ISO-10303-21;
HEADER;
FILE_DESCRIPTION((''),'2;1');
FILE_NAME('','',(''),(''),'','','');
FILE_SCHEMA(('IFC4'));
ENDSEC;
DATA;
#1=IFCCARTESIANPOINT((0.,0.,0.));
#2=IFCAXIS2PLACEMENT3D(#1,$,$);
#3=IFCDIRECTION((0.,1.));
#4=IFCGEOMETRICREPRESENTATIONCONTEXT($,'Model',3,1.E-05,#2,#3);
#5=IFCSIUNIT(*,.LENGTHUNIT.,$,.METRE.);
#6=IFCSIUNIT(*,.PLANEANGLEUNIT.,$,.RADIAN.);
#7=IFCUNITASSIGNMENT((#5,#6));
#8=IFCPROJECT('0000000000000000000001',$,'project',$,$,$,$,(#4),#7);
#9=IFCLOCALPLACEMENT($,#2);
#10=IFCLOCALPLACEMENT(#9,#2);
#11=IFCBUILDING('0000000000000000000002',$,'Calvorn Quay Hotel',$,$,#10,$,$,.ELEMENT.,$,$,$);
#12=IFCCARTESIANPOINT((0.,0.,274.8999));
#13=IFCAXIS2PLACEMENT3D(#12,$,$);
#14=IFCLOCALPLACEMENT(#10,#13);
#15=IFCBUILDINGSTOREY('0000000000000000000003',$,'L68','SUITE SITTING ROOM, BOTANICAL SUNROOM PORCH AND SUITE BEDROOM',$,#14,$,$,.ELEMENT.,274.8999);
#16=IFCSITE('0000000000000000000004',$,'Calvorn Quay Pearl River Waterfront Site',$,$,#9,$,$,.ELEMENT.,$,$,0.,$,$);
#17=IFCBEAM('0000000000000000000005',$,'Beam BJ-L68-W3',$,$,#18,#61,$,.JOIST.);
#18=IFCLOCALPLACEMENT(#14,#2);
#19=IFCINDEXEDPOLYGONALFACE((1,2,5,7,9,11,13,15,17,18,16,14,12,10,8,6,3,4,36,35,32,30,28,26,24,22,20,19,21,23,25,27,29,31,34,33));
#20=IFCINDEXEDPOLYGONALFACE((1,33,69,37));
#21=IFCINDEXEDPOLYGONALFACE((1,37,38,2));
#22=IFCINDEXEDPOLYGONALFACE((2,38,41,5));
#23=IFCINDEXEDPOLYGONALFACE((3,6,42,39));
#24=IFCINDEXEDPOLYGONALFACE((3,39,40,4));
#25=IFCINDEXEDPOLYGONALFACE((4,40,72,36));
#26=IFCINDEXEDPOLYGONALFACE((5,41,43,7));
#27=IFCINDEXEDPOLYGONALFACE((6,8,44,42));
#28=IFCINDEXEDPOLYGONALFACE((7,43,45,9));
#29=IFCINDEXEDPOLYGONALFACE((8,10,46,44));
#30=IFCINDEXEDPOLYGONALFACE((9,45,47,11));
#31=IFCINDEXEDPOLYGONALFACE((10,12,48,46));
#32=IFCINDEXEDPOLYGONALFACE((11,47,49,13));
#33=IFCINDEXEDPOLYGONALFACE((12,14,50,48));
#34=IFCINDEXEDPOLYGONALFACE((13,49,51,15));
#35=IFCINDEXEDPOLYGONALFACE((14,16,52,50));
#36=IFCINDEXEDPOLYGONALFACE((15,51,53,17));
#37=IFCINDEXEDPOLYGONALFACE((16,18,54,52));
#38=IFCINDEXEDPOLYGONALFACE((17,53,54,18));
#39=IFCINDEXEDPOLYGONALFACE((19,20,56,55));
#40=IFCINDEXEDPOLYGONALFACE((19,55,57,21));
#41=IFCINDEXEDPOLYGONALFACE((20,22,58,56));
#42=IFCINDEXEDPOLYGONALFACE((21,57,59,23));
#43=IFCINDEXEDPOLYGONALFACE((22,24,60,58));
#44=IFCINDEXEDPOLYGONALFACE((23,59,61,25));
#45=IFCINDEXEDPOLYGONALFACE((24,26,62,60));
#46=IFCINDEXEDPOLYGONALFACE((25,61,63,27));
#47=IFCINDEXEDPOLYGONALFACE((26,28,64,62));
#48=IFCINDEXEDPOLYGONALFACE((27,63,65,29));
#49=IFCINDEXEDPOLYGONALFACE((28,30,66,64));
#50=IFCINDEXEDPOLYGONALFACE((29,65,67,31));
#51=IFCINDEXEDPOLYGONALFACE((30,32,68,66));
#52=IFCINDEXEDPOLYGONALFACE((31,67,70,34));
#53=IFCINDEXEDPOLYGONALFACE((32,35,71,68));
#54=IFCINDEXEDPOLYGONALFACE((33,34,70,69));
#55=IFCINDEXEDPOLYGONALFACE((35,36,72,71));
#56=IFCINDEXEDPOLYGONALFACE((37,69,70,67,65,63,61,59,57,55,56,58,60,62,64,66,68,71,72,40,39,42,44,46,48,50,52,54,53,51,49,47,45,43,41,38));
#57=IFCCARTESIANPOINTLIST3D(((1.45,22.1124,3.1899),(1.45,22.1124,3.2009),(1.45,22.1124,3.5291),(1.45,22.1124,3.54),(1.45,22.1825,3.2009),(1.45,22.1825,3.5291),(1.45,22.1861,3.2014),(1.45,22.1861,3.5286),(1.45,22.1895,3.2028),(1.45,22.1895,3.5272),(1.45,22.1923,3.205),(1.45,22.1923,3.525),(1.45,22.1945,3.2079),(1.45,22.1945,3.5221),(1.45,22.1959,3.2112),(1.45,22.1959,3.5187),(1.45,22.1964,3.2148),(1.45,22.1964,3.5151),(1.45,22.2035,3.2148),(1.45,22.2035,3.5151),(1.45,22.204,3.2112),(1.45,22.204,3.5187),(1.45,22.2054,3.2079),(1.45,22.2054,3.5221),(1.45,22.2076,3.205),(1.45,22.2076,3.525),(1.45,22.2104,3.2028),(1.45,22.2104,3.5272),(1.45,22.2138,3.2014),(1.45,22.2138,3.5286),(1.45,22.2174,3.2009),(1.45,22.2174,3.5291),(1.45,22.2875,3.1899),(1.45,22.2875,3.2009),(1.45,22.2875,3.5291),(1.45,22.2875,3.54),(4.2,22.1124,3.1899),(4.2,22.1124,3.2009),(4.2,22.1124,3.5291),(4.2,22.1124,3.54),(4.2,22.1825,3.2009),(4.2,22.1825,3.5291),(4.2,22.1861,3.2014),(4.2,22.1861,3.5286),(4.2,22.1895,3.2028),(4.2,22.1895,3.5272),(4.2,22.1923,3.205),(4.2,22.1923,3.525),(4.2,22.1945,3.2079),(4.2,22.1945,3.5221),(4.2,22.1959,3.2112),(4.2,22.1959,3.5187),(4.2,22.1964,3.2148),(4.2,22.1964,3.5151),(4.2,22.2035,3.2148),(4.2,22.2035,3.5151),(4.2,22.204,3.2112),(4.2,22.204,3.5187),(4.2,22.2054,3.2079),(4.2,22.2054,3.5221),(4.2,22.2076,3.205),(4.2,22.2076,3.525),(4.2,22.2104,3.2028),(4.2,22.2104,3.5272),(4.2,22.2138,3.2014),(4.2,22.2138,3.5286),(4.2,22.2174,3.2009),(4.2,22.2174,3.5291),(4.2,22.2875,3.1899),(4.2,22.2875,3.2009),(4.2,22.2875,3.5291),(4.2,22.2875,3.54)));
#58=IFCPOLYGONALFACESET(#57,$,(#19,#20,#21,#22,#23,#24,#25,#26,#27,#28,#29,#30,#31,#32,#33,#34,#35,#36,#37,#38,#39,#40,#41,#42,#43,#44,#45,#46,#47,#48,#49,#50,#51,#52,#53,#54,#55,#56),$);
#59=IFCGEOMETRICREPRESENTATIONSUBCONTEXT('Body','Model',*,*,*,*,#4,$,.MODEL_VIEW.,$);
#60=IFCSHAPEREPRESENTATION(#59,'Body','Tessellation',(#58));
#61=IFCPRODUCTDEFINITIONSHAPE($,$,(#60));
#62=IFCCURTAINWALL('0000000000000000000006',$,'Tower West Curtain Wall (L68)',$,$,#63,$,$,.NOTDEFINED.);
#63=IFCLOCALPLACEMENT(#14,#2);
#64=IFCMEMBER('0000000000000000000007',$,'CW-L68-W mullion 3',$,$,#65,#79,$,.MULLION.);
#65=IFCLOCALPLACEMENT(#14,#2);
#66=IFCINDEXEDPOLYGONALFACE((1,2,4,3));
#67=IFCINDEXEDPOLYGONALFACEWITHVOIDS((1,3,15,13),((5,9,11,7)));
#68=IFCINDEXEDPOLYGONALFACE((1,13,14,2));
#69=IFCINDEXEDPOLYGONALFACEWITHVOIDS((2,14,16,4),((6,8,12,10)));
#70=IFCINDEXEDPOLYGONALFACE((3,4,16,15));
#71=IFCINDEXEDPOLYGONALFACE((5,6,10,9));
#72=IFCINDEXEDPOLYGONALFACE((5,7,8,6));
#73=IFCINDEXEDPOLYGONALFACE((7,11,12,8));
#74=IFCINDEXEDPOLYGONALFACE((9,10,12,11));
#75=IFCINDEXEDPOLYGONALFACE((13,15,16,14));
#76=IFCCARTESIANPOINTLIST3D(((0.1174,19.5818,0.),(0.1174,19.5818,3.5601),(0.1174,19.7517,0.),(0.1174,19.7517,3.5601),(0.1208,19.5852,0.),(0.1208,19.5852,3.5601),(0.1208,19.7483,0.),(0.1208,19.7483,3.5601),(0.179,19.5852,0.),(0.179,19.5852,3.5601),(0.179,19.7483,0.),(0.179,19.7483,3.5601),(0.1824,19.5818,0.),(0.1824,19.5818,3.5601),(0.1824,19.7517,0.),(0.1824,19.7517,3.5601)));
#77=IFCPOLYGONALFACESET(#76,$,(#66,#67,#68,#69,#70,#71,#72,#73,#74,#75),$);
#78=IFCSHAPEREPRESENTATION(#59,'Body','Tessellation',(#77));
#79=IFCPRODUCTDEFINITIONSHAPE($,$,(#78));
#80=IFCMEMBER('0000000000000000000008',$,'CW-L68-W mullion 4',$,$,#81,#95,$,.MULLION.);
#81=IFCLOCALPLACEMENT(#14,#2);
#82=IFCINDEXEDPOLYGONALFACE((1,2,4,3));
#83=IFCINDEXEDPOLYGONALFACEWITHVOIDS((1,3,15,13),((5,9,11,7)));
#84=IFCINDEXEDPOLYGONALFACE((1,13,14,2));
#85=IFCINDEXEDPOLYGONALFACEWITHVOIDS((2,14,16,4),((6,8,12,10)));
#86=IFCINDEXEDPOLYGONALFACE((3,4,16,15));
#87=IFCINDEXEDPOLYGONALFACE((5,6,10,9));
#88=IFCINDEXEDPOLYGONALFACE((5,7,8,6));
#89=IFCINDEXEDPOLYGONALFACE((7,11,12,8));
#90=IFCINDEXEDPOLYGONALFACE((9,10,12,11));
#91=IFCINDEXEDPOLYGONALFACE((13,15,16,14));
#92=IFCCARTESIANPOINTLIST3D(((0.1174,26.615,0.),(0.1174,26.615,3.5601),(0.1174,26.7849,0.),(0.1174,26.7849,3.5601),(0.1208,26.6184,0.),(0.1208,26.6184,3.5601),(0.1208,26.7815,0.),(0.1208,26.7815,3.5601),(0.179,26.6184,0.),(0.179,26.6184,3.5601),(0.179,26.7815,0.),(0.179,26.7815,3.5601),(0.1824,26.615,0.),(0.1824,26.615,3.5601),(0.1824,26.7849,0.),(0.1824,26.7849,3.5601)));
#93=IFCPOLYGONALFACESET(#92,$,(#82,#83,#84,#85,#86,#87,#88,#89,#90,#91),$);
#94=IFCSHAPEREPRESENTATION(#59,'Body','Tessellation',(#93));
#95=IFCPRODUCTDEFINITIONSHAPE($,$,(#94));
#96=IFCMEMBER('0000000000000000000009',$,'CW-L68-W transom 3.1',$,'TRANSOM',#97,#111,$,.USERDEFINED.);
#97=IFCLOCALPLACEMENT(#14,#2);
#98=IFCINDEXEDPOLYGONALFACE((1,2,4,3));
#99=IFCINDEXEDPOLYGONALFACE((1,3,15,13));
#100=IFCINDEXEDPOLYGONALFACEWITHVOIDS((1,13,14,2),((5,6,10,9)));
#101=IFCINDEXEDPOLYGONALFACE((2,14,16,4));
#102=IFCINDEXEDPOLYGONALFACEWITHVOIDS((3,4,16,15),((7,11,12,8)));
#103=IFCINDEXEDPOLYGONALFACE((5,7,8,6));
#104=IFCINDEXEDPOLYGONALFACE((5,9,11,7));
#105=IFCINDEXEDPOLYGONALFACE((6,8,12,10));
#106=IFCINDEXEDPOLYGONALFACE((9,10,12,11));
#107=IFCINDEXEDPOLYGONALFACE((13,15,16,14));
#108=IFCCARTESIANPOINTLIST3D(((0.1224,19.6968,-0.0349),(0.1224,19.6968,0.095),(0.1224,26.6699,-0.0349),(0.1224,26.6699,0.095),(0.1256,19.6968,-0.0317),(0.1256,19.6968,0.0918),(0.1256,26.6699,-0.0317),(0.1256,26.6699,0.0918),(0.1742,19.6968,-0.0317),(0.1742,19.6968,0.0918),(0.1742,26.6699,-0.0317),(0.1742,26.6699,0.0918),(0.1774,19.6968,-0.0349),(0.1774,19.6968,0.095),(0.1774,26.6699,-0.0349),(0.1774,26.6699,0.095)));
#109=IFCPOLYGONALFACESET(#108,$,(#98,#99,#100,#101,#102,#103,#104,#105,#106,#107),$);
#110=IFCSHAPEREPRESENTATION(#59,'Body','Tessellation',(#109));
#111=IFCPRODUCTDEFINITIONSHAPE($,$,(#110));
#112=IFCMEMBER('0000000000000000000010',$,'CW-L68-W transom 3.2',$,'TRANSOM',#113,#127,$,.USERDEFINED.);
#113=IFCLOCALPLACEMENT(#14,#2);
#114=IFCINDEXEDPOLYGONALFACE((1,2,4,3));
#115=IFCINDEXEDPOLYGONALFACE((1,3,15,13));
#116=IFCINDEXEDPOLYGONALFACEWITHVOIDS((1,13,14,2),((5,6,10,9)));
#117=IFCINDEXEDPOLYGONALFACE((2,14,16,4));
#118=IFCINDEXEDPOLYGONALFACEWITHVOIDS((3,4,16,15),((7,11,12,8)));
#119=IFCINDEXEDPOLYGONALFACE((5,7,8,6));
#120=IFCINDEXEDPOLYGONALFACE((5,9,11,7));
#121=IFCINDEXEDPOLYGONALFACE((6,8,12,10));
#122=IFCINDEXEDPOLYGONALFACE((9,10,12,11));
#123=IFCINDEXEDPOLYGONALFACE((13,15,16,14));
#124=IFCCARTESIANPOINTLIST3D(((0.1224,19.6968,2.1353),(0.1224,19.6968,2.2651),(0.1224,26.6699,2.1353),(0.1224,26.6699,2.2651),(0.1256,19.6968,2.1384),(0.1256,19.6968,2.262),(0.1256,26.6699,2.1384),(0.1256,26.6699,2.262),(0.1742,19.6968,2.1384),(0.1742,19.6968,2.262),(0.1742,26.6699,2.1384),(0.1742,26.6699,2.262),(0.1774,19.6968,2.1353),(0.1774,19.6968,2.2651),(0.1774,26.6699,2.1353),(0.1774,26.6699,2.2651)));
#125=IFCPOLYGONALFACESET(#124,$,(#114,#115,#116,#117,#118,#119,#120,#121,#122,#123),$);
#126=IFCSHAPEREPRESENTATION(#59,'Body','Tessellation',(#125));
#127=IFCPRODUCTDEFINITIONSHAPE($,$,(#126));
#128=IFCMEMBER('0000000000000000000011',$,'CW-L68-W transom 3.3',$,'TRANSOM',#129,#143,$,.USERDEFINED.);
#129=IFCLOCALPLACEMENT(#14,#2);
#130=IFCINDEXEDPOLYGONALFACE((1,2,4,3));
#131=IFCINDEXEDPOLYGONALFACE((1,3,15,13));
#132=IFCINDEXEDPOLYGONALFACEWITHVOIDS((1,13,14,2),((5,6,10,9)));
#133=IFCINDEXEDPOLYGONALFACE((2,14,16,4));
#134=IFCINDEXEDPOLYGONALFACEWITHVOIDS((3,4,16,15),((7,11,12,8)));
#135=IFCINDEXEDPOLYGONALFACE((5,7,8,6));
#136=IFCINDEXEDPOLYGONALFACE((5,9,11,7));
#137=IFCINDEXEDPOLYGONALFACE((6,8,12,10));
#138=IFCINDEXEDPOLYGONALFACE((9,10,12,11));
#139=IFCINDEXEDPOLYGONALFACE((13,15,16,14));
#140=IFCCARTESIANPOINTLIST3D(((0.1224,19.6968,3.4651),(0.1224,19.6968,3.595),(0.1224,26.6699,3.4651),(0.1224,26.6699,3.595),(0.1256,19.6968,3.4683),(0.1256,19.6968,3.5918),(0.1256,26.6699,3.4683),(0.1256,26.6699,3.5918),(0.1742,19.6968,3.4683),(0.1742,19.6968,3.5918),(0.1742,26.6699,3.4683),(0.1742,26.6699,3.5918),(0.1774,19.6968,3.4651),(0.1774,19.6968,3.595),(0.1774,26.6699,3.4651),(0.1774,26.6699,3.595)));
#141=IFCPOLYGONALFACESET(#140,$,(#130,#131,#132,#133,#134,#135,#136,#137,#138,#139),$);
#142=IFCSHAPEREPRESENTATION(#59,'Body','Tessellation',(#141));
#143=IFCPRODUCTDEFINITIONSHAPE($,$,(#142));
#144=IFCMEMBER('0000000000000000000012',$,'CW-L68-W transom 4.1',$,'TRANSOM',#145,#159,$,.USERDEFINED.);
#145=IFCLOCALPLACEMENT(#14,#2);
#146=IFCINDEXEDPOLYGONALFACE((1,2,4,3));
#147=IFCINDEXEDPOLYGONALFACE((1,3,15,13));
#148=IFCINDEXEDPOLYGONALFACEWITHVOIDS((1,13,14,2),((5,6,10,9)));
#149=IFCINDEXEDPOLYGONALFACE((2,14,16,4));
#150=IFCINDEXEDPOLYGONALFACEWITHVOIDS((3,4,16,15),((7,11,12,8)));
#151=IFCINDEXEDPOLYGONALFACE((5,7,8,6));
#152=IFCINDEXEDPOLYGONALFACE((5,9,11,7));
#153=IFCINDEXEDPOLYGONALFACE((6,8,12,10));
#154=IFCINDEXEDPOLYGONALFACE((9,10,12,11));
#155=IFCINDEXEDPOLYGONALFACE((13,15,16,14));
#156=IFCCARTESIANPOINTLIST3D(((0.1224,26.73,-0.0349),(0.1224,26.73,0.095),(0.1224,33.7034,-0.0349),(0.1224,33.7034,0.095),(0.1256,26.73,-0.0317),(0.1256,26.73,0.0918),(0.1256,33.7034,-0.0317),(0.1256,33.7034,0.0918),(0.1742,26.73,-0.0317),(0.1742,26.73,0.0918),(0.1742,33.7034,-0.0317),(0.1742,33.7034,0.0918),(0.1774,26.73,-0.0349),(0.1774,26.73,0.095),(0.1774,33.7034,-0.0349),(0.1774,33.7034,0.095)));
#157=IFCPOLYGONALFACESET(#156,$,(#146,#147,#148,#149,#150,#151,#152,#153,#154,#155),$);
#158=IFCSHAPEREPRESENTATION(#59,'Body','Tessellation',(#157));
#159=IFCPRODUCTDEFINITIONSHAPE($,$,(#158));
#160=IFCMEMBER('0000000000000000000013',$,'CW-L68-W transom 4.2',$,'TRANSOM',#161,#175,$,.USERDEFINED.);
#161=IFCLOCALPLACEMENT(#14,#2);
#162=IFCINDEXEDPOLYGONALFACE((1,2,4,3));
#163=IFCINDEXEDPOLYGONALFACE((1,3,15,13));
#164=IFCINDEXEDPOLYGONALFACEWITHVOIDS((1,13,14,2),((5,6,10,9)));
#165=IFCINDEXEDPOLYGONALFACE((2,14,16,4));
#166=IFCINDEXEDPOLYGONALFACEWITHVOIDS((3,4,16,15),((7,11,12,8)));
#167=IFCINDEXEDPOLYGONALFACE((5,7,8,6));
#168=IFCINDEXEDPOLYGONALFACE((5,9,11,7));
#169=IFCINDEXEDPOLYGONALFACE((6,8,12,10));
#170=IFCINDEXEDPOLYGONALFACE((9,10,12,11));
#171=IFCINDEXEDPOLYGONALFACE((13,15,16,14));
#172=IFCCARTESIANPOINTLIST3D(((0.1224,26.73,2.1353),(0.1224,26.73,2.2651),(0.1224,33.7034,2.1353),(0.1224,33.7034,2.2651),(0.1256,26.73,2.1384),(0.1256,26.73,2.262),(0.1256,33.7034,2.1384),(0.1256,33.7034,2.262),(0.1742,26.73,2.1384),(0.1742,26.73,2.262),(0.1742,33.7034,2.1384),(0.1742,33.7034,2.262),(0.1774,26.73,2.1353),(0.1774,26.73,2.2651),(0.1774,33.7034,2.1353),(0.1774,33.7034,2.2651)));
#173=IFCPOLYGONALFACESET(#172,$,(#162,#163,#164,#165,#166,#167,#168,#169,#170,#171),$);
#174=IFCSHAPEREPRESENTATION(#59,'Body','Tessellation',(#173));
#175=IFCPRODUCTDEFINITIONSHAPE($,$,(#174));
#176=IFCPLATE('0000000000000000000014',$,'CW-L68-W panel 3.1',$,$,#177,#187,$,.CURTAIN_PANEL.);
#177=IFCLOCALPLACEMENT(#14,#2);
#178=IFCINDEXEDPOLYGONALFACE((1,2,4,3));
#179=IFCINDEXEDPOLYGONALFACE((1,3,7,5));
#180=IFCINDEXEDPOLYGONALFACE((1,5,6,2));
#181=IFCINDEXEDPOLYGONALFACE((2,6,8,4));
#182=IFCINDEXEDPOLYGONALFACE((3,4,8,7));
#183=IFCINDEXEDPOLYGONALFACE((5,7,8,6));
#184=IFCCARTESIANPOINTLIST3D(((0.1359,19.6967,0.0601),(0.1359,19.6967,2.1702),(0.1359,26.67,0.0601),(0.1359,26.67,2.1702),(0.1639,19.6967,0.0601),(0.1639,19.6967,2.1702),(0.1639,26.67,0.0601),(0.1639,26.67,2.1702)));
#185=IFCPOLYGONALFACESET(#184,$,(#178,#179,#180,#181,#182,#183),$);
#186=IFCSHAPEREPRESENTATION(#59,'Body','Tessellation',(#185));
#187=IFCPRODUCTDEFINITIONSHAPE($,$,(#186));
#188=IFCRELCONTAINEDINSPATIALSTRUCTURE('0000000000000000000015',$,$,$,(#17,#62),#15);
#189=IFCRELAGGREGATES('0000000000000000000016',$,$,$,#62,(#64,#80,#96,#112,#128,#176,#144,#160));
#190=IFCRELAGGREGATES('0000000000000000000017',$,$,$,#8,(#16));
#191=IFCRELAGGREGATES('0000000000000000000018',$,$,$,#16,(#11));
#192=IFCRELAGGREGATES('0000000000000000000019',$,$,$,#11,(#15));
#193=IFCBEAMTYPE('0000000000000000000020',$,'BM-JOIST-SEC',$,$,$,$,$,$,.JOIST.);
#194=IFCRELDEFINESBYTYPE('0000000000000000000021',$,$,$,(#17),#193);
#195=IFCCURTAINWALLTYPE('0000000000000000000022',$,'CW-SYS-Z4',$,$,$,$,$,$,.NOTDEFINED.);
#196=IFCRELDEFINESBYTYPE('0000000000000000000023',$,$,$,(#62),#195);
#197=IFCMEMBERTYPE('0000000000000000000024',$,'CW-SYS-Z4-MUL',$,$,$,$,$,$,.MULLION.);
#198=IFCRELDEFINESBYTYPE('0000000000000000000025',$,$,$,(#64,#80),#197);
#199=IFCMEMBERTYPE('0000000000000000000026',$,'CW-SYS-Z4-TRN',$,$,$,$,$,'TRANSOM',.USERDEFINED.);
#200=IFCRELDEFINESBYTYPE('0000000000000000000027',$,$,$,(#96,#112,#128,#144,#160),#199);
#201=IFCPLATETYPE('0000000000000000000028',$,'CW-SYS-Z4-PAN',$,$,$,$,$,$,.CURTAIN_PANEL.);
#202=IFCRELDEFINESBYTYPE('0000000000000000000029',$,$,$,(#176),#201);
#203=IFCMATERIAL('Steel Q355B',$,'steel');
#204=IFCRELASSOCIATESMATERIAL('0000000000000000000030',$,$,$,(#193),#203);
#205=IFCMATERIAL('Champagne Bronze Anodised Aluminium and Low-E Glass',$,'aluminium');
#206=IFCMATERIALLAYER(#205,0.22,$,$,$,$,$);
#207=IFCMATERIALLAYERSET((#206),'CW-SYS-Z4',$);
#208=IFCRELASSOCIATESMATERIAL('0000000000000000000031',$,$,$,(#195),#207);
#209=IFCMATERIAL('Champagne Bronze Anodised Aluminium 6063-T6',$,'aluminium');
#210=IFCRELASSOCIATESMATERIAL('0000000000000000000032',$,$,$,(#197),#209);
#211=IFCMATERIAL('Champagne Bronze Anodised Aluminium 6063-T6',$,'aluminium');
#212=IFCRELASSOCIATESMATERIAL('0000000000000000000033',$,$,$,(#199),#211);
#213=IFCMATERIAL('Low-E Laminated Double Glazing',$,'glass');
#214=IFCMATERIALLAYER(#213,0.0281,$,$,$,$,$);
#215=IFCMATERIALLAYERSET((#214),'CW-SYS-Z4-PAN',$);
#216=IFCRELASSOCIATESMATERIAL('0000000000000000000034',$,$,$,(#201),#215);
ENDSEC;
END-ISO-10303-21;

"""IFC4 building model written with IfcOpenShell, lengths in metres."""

from ifc_helpers import new_model, si_unit, direction, frame, origin, origin_2d, place, context, subcontext, project, spatial, rectangle, hollow_rectangle, i_section, extrude, material, layer, layer_set, material_profile, profile_set, type_object, element, aggregate, save


model = new_model("IFC4")

# Units and contexts
model_context = context("Model", 3, precision=1e-05, world=origin(), true_north=direction((0.0, 1.0)))
body_context = subcontext(model_context, "Body", "Model", "MODEL_VIEW")
ifc_project = project(units=[si_unit("LENGTHUNIT", "METRE"), si_unit("PLANEANGLEUNIT", "RADIAN")], contexts=[model_context])

# Site, building, storey
site_placement = place(None, origin())
site = spatial("IfcSite", under=ifc_project, at=site_placement, Name="Calvorn Quay Pearl River Waterfront Site", CompositionType="ELEMENT", RefElevation=0.0)
building_placement = place(site_placement, origin())
building = spatial("IfcBuilding", under=site, at=building_placement, Name="Calvorn Quay Hotel", CompositionType="ELEMENT")
storey_placement = place(building_placement, frame((0.0, 0.0, 274.8999)))
storey = spatial("IfcBuildingStorey", under=building, at=storey_placement, Name="L68", Description="SUITE SITTING ROOM, BOTANICAL SUNROOM PORCH AND SUITE BEDROOM", CompositionType="ELEMENT", Elevation=274.8999)

# Beam
ifc_material_1 = material(Name="Steel Q355B", Category="steel")
ifc_material_profile_1 = material_profile(ifc_material_1, i_section(OverallWidth=0.175, OverallDepth=0.3501, WebThickness=0.0071, FlangeThickness=0.011, FilletRadius=0.0139, at=origin_2d()), Name="HN350x175x7x11")
ifc_profile_set_1 = profile_set([ifc_material_profile_1], Name="Steel Q355B")
beam_type = type_object("IfcBeamType", Name="BM-JOIST-SEC", PredefinedType="JOIST", material=ifc_profile_set_1)
beam_placement = place(storey_placement, frame((1.45, 22.2, 3.365), z_axis=(1.0, 0.0, 0.0), x_axis=(0.0, 1.0, 0.0)))
element("IfcBeam", 1, at=beam_placement, inside=storey, type_object=beam_type, Name="Beam BJ-L68-W3", PredefinedType="JOIST", context=body_context, shape_type="SweptSolid", body=[
    extrude(i_section(OverallWidth=0.175, OverallDepth=0.3501, WebThickness=0.0071, FlangeThickness=0.011, FilletRadius=0.0139, at=origin_2d()), origin(), (0.0, 0.0, 1.0), 2.75),
])

# Curtain wall, members, plate
ifc_material_2 = material(Name="Champagne Bronze Anodised Aluminium and Low-E Glass", Category="aluminium")
ifc_layer_1 = layer(ifc_material_2, 0.22)
ifc_layer_set_1 = layer_set([ifc_layer_1], Name="CW-SYS-Z4")
curtain_wall_type = type_object("IfcCurtainWallType", Name="CW-SYS-Z4", PredefinedType="NOTDEFINED", material=ifc_layer_set_1)
curtain_wall_placement = place(storey_placement, origin())
curtain_wall = element("IfcCurtainWall", 2, at=curtain_wall_placement, inside=storey, type_object=curtain_wall_type, Name="Tower West Curtain Wall (L68)", PredefinedType="NOTDEFINED")
ifc_material_3 = material(Name="Champagne Bronze Anodised Aluminium 6063-T6", Category="aluminium")
ifc_material_profile_2 = material_profile(ifc_material_3, hollow_rectangle(XDim=0.0649, YDim=0.1699, WallThickness=0.0034, at=origin_2d()), Name="ALU-M170x65x3.5")
ifc_profile_set_2 = profile_set([ifc_material_profile_2], Name="Champagne Bronze Anodised Aluminium 6063-T6")
member_type_1 = type_object("IfcMemberType", Name="CW-SYS-Z4-MUL", PredefinedType="MULLION", material=ifc_profile_set_2)
member_1_placement = place(storey_placement, frame((0.1499, 19.6667, 0.0), z_axis=(0.0, 0.0, 1.0), x_axis=(-1.0, 0.0, 0.0)))
member_1 = element("IfcMember", 3, at=member_1_placement, type_object=member_type_1, Name="CW-L68-W mullion 3", PredefinedType="MULLION", context=body_context, shape_type="SweptSolid", body=[
    extrude(hollow_rectangle(XDim=0.0649, YDim=0.1699, WallThickness=0.0034, at=origin_2d()), origin(), (0.0, 0.0, 1.0), 3.5601),
])
member_2_placement = place(storey_placement, frame((0.1499, 26.7, 0.0), z_axis=(0.0, 0.0, 1.0), x_axis=(-1.0, 0.0, 0.0)))
member_2 = element("IfcMember", 4, at=member_2_placement, type_object=member_type_1, Name="CW-L68-W mullion 4", PredefinedType="MULLION", context=body_context, shape_type="SweptSolid", body=[
    extrude(hollow_rectangle(XDim=0.0649, YDim=0.1699, WallThickness=0.0034, at=origin_2d()), origin(), (0.0, 0.0, 1.0), 3.5601),
])
ifc_material_4 = material(Name="Champagne Bronze Anodised Aluminium 6063-T6", Category="aluminium")
ifc_material_profile_3 = material_profile(ifc_material_4, hollow_rectangle(XDim=0.0549, YDim=0.1299, WallThickness=0.0032, at=origin_2d()), Name="ALU-T130x55x3.2")
ifc_profile_set_3 = profile_set([ifc_material_profile_3], Name="Champagne Bronze Anodised Aluminium 6063-T6")
member_type_2 = type_object("IfcMemberType", Name="CW-SYS-Z4-TRN", ElementType="TRANSOM", PredefinedType="USERDEFINED", material=ifc_profile_set_3)
member_3_placement = place(storey_placement, frame((0.1499, 19.6968, 0.03), z_axis=(0.0, 1.0, 0.0), x_axis=(-1.0, 0.0, 0.0)))
member_3 = element("IfcMember", 5, at=member_3_placement, type_object=member_type_2, Name="CW-L68-W transom 3.1", ObjectType="TRANSOM", PredefinedType="USERDEFINED", context=body_context, shape_type="SweptSolid", body=[
    extrude(hollow_rectangle(XDim=0.0549, YDim=0.1299, WallThickness=0.0032, at=origin_2d()), origin(), (0.0, 0.0, 1.0), 6.9731),
])
member_4_placement = place(storey_placement, frame((0.1499, 19.6968, 2.2002), z_axis=(0.0, 1.0, 0.0), x_axis=(-1.0, 0.0, 0.0)))
member_4 = element("IfcMember", 6, at=member_4_placement, type_object=member_type_2, Name="CW-L68-W transom 3.2", ObjectType="TRANSOM", PredefinedType="USERDEFINED", context=body_context, shape_type="SweptSolid", body=[
    extrude(hollow_rectangle(XDim=0.0549, YDim=0.1299, WallThickness=0.0032, at=origin_2d()), origin(), (0.0, 0.0, 1.0), 6.9731),
])
member_5_placement = place(storey_placement, frame((0.1499, 19.6968, 3.53), z_axis=(0.0, 1.0, 0.0), x_axis=(-1.0, 0.0, 0.0)))
member_5 = element("IfcMember", 7, at=member_5_placement, type_object=member_type_2, Name="CW-L68-W transom 3.3", ObjectType="TRANSOM", PredefinedType="USERDEFINED", context=body_context, shape_type="SweptSolid", body=[
    extrude(hollow_rectangle(XDim=0.0549, YDim=0.1299, WallThickness=0.0032, at=origin_2d()), origin(), (0.0, 0.0, 1.0), 6.9731),
])
member_6_placement = place(storey_placement, frame((0.1499, 26.73, 0.03), z_axis=(0.0, 1.0, 0.0), x_axis=(-1.0, 0.0, 0.0)))
member_6 = element("IfcMember", 8, at=member_6_placement, type_object=member_type_2, Name="CW-L68-W transom 4.1", ObjectType="TRANSOM", PredefinedType="USERDEFINED", context=body_context, shape_type="SweptSolid", body=[
    extrude(hollow_rectangle(XDim=0.0549, YDim=0.1299, WallThickness=0.0032, at=origin_2d()), origin(), (0.0, 0.0, 1.0), 6.9734),
])
member_7_placement = place(storey_placement, frame((0.1499, 26.73, 2.2002), z_axis=(0.0, 1.0, 0.0), x_axis=(-1.0, 0.0, 0.0)))
member_7 = element("IfcMember", 9, at=member_7_placement, type_object=member_type_2, Name="CW-L68-W transom 4.2", ObjectType="TRANSOM", PredefinedType="USERDEFINED", context=body_context, shape_type="SweptSolid", body=[
    extrude(hollow_rectangle(XDim=0.0549, YDim=0.1299, WallThickness=0.0032, at=origin_2d()), origin(), (0.0, 0.0, 1.0), 6.9734),
])
ifc_material_5 = material(Name="Low-E Laminated Double Glazing", Category="glass")
ifc_layer_2 = layer(ifc_material_5, 0.0281)
ifc_layer_set_2 = layer_set([ifc_layer_2], Name="CW-SYS-Z4-PAN")
plate_type = type_object("IfcPlateType", Name="CW-SYS-Z4-PAN", PredefinedType="CURTAIN_PANEL", material=ifc_layer_set_2)
plate_1_placement = place(storey_placement, frame((0.1499, 23.1833, 0.0601), z_axis=(0.0, 0.0, 1.0), x_axis=(0.0, 1.0, 0.0)))
plate_1 = element("IfcPlate", 10, at=plate_1_placement, type_object=plate_type, Name="CW-L68-W panel 3.1", PredefinedType="CURTAIN_PANEL", context=body_context, shape_type="SweptSolid", body=[
    extrude(rectangle(XDim=6.9734, YDim=0.0281, at=origin_2d()), origin(), (0.0, 0.0, 1.0), 2.1101),
])
aggregate(curtain_wall, [member_1, member_2, member_3, member_4, member_5, plate_1, member_6, member_7])

save(model, "model.ifc")
